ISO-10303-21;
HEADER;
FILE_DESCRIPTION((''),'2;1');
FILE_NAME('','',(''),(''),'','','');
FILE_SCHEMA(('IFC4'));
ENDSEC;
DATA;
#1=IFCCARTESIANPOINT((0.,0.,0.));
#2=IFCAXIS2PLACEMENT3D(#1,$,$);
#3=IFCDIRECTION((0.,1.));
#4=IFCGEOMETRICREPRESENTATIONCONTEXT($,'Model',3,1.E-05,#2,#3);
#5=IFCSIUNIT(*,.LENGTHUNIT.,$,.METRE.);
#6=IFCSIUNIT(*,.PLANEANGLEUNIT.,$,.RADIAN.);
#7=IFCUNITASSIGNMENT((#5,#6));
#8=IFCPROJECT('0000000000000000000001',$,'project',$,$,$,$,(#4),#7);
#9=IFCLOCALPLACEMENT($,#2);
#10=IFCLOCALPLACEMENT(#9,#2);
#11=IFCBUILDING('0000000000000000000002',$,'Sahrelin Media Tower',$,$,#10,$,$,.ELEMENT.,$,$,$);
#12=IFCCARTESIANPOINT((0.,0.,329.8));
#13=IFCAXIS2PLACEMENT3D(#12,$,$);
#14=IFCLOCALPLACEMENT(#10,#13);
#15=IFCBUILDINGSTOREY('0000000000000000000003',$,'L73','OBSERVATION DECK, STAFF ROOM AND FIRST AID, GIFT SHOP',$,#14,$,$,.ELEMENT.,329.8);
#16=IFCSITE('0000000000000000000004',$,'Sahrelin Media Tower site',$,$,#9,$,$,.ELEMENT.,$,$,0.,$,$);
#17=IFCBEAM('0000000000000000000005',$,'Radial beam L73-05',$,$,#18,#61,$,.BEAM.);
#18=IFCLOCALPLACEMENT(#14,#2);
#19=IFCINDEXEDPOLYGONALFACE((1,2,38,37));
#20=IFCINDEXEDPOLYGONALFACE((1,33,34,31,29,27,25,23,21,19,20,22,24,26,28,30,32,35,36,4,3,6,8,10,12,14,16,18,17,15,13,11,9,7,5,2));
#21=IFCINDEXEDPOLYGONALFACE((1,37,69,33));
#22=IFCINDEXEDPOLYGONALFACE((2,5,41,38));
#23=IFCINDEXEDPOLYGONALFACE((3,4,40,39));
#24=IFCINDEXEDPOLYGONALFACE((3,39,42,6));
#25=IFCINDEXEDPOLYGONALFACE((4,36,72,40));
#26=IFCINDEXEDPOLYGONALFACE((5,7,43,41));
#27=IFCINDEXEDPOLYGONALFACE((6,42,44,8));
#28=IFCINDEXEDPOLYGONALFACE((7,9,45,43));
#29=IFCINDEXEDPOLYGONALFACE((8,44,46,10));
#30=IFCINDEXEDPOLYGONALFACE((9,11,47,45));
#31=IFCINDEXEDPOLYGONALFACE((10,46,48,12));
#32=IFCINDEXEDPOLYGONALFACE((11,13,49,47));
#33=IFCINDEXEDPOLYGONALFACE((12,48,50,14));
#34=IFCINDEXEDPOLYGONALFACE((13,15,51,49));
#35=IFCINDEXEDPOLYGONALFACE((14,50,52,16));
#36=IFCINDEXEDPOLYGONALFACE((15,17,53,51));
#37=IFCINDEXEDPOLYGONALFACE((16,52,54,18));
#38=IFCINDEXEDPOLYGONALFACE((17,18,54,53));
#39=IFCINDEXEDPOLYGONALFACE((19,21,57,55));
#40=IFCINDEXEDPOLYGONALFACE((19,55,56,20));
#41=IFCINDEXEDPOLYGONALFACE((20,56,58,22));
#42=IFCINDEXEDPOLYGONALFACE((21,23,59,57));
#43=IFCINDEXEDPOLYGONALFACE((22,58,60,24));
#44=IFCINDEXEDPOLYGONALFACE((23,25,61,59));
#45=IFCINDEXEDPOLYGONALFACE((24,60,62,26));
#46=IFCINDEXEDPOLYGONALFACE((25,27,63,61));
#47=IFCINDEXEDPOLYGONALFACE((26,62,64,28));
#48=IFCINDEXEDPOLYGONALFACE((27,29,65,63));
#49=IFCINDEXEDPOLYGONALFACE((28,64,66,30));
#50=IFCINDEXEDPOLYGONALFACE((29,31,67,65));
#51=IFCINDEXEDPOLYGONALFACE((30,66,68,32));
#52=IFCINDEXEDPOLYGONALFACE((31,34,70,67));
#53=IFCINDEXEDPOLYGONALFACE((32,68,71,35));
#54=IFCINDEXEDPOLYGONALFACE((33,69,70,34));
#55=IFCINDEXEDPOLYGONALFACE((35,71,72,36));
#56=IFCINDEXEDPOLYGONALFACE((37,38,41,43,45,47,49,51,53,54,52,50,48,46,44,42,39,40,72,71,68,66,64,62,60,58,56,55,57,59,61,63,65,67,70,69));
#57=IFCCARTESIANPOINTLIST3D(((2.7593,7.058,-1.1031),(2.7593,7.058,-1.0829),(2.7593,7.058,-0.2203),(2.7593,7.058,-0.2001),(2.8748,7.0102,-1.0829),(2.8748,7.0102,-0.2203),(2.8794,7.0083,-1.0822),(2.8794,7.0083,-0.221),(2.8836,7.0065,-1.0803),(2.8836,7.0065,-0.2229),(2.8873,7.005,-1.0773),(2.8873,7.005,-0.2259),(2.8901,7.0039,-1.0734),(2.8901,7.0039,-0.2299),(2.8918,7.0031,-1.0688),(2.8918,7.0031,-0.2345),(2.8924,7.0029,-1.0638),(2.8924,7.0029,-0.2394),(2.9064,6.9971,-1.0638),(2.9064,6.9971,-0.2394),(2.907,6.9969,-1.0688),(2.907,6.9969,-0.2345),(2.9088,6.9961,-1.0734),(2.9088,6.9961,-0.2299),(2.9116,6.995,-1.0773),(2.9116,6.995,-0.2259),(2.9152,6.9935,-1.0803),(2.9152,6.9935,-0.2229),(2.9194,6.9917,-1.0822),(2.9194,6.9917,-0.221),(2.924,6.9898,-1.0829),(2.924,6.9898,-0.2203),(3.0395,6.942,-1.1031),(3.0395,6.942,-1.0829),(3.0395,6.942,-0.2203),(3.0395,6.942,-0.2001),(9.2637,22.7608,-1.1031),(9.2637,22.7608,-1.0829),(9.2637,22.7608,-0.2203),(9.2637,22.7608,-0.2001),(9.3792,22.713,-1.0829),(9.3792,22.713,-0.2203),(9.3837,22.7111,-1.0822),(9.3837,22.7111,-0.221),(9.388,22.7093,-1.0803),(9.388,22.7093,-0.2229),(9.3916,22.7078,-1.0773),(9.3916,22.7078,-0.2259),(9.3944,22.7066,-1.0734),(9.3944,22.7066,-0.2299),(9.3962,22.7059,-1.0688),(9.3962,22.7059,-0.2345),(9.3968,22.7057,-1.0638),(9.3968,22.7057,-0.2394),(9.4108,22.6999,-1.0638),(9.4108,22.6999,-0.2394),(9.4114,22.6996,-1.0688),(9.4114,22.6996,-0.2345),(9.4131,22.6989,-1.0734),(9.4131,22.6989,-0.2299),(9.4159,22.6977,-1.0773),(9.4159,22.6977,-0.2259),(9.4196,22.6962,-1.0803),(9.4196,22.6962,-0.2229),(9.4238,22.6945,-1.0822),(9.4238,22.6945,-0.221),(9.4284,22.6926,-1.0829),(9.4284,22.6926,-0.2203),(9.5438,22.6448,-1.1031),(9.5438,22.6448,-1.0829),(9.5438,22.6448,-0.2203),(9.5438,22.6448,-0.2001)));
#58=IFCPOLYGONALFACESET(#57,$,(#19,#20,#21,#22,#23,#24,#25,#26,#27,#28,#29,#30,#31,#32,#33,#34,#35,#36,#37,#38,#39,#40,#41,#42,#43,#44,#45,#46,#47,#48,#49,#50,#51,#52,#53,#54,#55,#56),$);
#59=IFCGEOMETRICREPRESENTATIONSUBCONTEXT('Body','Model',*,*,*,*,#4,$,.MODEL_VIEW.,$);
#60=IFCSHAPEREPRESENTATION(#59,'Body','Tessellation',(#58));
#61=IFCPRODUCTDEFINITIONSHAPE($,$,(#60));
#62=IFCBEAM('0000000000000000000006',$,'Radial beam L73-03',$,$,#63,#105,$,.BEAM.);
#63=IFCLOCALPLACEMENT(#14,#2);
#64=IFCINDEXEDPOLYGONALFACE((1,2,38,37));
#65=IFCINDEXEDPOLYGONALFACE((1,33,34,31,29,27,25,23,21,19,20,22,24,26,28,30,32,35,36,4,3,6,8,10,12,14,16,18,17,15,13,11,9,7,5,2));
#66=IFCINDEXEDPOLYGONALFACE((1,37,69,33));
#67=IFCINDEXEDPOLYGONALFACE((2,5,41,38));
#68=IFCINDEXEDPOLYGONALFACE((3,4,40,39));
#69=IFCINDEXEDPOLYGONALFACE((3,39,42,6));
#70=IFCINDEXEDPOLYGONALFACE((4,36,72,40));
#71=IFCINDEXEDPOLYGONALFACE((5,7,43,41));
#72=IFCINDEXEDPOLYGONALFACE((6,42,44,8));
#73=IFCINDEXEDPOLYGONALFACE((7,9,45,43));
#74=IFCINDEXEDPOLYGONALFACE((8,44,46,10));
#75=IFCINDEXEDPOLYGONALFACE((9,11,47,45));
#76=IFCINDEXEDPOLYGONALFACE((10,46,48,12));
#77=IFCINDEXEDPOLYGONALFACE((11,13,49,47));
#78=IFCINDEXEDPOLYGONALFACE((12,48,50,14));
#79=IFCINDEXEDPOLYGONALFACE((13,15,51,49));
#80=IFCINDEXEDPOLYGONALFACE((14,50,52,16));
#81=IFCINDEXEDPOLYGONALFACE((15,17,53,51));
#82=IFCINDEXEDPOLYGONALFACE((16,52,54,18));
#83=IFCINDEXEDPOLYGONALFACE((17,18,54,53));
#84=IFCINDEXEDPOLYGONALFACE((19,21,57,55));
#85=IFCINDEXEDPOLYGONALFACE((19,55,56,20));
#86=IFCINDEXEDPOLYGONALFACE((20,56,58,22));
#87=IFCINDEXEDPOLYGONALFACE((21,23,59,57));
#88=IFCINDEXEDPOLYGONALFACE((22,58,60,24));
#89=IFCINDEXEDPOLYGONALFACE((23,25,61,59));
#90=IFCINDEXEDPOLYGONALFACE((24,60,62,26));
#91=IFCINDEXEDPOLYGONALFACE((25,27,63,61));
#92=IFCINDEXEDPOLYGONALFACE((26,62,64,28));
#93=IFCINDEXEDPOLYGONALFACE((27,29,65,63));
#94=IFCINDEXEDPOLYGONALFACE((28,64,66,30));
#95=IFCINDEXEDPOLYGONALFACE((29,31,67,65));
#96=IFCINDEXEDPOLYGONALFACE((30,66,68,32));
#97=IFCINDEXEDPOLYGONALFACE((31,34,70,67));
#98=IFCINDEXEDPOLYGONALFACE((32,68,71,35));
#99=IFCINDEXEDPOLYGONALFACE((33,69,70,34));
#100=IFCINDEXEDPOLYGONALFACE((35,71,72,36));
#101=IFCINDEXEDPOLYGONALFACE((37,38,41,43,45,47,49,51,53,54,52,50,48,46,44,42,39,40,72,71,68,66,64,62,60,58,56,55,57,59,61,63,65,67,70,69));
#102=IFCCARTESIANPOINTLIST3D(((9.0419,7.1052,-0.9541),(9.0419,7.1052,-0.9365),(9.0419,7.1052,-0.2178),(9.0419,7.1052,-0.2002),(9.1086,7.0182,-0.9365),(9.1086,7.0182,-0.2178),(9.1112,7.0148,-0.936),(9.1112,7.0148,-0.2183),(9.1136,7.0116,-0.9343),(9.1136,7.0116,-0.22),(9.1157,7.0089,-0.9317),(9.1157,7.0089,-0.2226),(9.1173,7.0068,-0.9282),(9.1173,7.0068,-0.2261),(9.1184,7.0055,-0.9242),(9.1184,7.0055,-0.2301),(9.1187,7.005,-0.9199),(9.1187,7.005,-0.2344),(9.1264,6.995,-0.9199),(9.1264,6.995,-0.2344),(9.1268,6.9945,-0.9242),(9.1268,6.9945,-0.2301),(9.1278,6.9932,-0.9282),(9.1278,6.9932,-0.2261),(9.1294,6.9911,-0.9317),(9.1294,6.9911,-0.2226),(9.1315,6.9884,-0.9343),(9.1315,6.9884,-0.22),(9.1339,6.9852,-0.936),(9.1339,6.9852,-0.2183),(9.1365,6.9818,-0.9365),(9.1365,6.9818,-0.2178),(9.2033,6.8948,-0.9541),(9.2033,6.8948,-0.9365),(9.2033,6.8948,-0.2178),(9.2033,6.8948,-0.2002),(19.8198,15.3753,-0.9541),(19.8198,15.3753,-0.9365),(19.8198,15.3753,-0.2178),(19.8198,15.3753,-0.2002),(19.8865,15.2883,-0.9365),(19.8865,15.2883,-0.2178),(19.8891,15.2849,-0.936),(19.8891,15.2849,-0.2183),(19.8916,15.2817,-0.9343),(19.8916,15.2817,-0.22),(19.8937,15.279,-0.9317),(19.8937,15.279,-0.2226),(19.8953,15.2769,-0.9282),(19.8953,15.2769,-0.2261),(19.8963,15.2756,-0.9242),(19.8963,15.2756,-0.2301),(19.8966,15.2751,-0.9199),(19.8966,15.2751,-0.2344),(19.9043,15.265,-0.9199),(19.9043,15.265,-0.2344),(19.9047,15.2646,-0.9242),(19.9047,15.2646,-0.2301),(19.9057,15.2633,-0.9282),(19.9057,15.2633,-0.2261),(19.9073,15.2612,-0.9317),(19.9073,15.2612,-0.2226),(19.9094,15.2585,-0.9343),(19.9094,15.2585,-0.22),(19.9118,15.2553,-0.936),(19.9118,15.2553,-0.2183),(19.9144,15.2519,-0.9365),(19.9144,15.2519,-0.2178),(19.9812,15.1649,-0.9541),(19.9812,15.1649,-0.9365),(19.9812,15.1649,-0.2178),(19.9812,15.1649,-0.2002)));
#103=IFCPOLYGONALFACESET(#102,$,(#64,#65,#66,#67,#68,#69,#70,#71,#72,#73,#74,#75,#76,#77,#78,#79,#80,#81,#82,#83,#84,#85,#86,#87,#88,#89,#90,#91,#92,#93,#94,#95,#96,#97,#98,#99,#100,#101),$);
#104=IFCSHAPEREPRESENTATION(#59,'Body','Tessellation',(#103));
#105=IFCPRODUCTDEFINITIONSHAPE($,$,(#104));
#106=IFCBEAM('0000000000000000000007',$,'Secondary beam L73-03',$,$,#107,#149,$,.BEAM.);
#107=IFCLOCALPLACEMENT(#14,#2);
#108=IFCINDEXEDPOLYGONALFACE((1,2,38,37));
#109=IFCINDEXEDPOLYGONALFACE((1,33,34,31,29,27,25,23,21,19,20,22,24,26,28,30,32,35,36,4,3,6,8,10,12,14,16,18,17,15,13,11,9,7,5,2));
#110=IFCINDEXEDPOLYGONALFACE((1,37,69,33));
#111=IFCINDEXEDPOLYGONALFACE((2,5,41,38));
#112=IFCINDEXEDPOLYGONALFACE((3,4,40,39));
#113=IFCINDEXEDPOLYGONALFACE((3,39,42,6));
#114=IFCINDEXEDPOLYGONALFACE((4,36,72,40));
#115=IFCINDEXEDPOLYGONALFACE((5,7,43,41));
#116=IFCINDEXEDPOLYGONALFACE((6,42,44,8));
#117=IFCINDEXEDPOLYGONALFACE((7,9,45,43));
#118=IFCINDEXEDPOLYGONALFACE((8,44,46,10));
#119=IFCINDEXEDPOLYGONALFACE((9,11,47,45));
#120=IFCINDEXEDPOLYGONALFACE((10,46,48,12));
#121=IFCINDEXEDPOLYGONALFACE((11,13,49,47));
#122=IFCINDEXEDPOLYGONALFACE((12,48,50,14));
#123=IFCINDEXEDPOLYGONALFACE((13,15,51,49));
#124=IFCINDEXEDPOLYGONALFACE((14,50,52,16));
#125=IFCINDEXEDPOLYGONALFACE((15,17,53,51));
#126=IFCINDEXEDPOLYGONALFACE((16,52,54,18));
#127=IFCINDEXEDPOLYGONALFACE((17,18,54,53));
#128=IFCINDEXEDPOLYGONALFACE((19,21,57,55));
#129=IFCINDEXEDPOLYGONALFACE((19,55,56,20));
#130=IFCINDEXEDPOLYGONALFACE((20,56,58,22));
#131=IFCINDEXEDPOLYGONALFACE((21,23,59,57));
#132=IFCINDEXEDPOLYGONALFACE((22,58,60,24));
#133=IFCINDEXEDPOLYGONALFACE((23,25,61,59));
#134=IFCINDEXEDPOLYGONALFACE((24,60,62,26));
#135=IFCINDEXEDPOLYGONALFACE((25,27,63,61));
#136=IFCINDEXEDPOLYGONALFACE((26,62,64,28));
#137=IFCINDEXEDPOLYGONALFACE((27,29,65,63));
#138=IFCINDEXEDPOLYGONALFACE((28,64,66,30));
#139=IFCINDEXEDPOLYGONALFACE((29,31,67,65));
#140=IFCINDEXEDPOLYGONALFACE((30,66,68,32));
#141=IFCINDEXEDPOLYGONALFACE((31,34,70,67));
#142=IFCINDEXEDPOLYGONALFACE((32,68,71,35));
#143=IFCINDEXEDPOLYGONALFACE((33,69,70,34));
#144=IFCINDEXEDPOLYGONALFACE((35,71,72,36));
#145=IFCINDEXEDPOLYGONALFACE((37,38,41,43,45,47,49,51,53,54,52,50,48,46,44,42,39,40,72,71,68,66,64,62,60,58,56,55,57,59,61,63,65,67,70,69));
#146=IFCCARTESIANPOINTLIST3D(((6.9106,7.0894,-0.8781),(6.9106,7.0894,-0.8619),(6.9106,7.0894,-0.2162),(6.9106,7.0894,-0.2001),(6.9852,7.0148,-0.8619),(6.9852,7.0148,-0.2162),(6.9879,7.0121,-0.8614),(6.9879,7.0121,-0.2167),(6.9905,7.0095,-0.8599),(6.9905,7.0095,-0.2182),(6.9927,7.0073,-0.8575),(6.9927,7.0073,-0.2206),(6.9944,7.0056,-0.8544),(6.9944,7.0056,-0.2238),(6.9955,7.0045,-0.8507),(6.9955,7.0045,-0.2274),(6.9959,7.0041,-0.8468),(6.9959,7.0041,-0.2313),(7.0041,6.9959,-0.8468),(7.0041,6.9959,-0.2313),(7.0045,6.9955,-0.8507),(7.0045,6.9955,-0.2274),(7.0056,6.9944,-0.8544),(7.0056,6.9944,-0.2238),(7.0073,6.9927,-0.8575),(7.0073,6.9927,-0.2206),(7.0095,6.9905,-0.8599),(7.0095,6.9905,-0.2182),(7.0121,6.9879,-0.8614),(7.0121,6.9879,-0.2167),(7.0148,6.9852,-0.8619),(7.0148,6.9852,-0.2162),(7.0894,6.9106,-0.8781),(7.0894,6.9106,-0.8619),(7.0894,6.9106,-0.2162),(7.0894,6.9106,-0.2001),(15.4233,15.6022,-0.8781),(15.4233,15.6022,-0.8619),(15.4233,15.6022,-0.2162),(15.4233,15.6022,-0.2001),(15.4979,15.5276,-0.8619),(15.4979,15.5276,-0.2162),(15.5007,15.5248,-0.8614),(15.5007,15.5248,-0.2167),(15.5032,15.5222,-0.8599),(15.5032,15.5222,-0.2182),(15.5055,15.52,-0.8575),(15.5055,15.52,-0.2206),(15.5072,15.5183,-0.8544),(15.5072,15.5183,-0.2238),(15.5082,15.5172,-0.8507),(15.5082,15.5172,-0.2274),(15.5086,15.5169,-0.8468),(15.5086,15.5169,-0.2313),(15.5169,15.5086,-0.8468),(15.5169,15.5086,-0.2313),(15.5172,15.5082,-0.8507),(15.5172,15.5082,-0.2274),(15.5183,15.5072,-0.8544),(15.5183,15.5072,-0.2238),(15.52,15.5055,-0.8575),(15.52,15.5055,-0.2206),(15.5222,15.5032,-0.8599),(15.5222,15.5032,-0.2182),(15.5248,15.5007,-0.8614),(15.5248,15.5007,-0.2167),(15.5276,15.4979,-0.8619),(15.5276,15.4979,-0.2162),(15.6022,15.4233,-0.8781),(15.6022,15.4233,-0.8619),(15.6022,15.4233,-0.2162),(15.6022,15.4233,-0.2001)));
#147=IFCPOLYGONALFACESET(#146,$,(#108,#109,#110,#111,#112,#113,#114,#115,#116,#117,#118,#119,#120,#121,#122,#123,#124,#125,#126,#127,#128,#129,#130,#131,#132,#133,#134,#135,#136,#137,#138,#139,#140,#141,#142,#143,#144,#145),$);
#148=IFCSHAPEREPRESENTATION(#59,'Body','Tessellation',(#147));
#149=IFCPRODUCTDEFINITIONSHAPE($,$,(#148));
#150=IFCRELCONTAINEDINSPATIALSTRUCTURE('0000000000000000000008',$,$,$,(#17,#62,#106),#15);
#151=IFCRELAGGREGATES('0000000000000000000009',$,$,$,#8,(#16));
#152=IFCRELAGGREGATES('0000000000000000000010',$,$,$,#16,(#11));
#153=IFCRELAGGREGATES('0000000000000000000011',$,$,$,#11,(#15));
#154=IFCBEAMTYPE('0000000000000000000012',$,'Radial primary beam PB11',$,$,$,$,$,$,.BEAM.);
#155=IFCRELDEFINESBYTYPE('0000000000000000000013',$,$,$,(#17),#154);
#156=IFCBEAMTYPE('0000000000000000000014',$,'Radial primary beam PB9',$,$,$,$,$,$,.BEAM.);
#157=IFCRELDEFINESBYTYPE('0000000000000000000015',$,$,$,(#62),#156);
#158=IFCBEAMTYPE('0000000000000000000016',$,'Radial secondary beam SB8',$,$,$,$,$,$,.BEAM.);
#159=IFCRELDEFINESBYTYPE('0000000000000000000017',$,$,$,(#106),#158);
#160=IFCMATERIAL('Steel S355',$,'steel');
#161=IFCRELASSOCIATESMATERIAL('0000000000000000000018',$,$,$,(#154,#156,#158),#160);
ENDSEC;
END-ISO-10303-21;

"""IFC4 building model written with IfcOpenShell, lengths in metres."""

from ifc_helpers import new_model, si_unit, direction, frame, origin, origin_2d, place, context, subcontext, project, spatial, i_section, extrude, material, material_profile, profile_set, type_object, element, save


model = new_model("IFC4")

# Units and contexts
model_context = context("Model", 3, precision=1e-05, world=origin(), true_north=direction((0.0, 1.0)))
body_context = subcontext(model_context, "Body", "Model", "MODEL_VIEW")
ifc_project = project(units=[si_unit("LENGTHUNIT", "METRE"), si_unit("PLANEANGLEUNIT", "RADIAN")], contexts=[model_context])

# Site, building, storey
site_placement = place(None, origin())
site = spatial("IfcSite", under=ifc_project, at=site_placement, Name="Sahrelin Media Tower site", CompositionType="ELEMENT", RefElevation=0.0)
building_placement = place(site_placement, origin())
building = spatial("IfcBuilding", under=site, at=building_placement, Name="Sahrelin Media Tower", CompositionType="ELEMENT")
storey_placement = place(building_placement, frame((0.0, 0.0, 329.8)))
storey = spatial("IfcBuildingStorey", under=building, at=storey_placement, Name="L73", Description="OBSERVATION DECK, STAFF ROOM AND FIRST AID, GIFT SHOP", CompositionType="ELEMENT", Elevation=329.8)

# Shared definitions
ifc_material_1 = material(Name="Steel S355", Category="steel")

# Beams
ifc_material_profile_1 = material_profile(ifc_material_1, i_section(OverallWidth=0.3032, OverallDepth=0.9031, WebThickness=0.0151, FlangeThickness=0.0203, FilletRadius=0.019, at=origin_2d()), Name="UB 914x305x201")
ifc_profile_set_1 = profile_set([ifc_material_profile_1], Name="Steel S355")
beam_type_1 = type_object("IfcBeamType", Name="Radial primary beam PB11", PredefinedType="BEAM", material=ifc_profile_set_1)
beam_1_placement = place(storey_placement, frame((2.8994, 7.0, -0.6516), z_axis=(0.382686, 0.923879, 0.0), x_axis=(-0.923879, 0.382686, 0.0)))
element("IfcBeam", 1, at=beam_1_placement, inside=storey, type_object=beam_type_1, Name="Radial beam L73-05", PredefinedType="BEAM", context=body_context, shape_type="SweptSolid", body=[
    extrude(i_section(OverallWidth=0.3032, OverallDepth=0.9031, WebThickness=0.0151, FlangeThickness=0.0203, FilletRadius=0.019, at=origin_2d()), origin(), (0.0, 0.0, 1.0), 16.9966),
])
ifc_material_profile_2 = material_profile(ifc_material_1, i_section(OverallWidth=0.2651, OverallDepth=0.7539, WebThickness=0.0127, FlangeThickness=0.0176, FilletRadius=0.0166, at=origin_2d()), Name="UB 762x267x147")
ifc_profile_set_2 = profile_set([ifc_material_profile_2], Name="Steel S355")
beam_type_2 = type_object("IfcBeamType", Name="Radial primary beam PB9", PredefinedType="BEAM", material=ifc_profile_set_2)
beam_2_placement = place(storey_placement, frame((9.1226, 7.0, -0.5771), z_axis=(0.793357, 0.608757, 0.0), x_axis=(-0.608757, 0.793357, 0.0)))
element("IfcBeam", 2, at=beam_2_placement, inside=storey, type_object=beam_type_2, Name="Radial beam L73-03", PredefinedType="BEAM", context=body_context, shape_type="SweptSolid", body=[
    extrude(i_section(OverallWidth=0.2651, OverallDepth=0.7539, WebThickness=0.0127, FlangeThickness=0.0176, FilletRadius=0.0166, at=origin_2d()), origin(), (0.0, 0.0, 1.0), 13.5852),
])
ifc_material_profile_3 = material_profile(ifc_material_1, i_section(OverallWidth=0.2529, OverallDepth=0.678, WebThickness=0.0117, FlangeThickness=0.0161, FilletRadius=0.0151, at=origin_2d()), Name="UB 686x254x125")
ifc_profile_set_3 = profile_set([ifc_material_profile_3], Name="Steel S355")
beam_type_3 = type_object("IfcBeamType", Name="Radial secondary beam SB8", PredefinedType="BEAM", material=ifc_profile_set_3)
beam_3_placement = place(storey_placement, frame((7.0, 7.0, -0.5391), z_axis=(0.707107, 0.707107, 0.0), x_axis=(-0.707107, 0.707107, 0.0)))
element("IfcBeam", 3, at=beam_3_placement, inside=storey, type_object=beam_type_3, Name="Secondary beam L73-03", PredefinedType="BEAM", context=body_context, shape_type="SweptSolid", body=[
    extrude(i_section(OverallWidth=0.2529, OverallDepth=0.678, WebThickness=0.0117, FlangeThickness=0.0161, FilletRadius=0.0151, at=origin_2d()), origin(), (0.0, 0.0, 1.0), 12.0388),
])

save(model, "model.ifc")
